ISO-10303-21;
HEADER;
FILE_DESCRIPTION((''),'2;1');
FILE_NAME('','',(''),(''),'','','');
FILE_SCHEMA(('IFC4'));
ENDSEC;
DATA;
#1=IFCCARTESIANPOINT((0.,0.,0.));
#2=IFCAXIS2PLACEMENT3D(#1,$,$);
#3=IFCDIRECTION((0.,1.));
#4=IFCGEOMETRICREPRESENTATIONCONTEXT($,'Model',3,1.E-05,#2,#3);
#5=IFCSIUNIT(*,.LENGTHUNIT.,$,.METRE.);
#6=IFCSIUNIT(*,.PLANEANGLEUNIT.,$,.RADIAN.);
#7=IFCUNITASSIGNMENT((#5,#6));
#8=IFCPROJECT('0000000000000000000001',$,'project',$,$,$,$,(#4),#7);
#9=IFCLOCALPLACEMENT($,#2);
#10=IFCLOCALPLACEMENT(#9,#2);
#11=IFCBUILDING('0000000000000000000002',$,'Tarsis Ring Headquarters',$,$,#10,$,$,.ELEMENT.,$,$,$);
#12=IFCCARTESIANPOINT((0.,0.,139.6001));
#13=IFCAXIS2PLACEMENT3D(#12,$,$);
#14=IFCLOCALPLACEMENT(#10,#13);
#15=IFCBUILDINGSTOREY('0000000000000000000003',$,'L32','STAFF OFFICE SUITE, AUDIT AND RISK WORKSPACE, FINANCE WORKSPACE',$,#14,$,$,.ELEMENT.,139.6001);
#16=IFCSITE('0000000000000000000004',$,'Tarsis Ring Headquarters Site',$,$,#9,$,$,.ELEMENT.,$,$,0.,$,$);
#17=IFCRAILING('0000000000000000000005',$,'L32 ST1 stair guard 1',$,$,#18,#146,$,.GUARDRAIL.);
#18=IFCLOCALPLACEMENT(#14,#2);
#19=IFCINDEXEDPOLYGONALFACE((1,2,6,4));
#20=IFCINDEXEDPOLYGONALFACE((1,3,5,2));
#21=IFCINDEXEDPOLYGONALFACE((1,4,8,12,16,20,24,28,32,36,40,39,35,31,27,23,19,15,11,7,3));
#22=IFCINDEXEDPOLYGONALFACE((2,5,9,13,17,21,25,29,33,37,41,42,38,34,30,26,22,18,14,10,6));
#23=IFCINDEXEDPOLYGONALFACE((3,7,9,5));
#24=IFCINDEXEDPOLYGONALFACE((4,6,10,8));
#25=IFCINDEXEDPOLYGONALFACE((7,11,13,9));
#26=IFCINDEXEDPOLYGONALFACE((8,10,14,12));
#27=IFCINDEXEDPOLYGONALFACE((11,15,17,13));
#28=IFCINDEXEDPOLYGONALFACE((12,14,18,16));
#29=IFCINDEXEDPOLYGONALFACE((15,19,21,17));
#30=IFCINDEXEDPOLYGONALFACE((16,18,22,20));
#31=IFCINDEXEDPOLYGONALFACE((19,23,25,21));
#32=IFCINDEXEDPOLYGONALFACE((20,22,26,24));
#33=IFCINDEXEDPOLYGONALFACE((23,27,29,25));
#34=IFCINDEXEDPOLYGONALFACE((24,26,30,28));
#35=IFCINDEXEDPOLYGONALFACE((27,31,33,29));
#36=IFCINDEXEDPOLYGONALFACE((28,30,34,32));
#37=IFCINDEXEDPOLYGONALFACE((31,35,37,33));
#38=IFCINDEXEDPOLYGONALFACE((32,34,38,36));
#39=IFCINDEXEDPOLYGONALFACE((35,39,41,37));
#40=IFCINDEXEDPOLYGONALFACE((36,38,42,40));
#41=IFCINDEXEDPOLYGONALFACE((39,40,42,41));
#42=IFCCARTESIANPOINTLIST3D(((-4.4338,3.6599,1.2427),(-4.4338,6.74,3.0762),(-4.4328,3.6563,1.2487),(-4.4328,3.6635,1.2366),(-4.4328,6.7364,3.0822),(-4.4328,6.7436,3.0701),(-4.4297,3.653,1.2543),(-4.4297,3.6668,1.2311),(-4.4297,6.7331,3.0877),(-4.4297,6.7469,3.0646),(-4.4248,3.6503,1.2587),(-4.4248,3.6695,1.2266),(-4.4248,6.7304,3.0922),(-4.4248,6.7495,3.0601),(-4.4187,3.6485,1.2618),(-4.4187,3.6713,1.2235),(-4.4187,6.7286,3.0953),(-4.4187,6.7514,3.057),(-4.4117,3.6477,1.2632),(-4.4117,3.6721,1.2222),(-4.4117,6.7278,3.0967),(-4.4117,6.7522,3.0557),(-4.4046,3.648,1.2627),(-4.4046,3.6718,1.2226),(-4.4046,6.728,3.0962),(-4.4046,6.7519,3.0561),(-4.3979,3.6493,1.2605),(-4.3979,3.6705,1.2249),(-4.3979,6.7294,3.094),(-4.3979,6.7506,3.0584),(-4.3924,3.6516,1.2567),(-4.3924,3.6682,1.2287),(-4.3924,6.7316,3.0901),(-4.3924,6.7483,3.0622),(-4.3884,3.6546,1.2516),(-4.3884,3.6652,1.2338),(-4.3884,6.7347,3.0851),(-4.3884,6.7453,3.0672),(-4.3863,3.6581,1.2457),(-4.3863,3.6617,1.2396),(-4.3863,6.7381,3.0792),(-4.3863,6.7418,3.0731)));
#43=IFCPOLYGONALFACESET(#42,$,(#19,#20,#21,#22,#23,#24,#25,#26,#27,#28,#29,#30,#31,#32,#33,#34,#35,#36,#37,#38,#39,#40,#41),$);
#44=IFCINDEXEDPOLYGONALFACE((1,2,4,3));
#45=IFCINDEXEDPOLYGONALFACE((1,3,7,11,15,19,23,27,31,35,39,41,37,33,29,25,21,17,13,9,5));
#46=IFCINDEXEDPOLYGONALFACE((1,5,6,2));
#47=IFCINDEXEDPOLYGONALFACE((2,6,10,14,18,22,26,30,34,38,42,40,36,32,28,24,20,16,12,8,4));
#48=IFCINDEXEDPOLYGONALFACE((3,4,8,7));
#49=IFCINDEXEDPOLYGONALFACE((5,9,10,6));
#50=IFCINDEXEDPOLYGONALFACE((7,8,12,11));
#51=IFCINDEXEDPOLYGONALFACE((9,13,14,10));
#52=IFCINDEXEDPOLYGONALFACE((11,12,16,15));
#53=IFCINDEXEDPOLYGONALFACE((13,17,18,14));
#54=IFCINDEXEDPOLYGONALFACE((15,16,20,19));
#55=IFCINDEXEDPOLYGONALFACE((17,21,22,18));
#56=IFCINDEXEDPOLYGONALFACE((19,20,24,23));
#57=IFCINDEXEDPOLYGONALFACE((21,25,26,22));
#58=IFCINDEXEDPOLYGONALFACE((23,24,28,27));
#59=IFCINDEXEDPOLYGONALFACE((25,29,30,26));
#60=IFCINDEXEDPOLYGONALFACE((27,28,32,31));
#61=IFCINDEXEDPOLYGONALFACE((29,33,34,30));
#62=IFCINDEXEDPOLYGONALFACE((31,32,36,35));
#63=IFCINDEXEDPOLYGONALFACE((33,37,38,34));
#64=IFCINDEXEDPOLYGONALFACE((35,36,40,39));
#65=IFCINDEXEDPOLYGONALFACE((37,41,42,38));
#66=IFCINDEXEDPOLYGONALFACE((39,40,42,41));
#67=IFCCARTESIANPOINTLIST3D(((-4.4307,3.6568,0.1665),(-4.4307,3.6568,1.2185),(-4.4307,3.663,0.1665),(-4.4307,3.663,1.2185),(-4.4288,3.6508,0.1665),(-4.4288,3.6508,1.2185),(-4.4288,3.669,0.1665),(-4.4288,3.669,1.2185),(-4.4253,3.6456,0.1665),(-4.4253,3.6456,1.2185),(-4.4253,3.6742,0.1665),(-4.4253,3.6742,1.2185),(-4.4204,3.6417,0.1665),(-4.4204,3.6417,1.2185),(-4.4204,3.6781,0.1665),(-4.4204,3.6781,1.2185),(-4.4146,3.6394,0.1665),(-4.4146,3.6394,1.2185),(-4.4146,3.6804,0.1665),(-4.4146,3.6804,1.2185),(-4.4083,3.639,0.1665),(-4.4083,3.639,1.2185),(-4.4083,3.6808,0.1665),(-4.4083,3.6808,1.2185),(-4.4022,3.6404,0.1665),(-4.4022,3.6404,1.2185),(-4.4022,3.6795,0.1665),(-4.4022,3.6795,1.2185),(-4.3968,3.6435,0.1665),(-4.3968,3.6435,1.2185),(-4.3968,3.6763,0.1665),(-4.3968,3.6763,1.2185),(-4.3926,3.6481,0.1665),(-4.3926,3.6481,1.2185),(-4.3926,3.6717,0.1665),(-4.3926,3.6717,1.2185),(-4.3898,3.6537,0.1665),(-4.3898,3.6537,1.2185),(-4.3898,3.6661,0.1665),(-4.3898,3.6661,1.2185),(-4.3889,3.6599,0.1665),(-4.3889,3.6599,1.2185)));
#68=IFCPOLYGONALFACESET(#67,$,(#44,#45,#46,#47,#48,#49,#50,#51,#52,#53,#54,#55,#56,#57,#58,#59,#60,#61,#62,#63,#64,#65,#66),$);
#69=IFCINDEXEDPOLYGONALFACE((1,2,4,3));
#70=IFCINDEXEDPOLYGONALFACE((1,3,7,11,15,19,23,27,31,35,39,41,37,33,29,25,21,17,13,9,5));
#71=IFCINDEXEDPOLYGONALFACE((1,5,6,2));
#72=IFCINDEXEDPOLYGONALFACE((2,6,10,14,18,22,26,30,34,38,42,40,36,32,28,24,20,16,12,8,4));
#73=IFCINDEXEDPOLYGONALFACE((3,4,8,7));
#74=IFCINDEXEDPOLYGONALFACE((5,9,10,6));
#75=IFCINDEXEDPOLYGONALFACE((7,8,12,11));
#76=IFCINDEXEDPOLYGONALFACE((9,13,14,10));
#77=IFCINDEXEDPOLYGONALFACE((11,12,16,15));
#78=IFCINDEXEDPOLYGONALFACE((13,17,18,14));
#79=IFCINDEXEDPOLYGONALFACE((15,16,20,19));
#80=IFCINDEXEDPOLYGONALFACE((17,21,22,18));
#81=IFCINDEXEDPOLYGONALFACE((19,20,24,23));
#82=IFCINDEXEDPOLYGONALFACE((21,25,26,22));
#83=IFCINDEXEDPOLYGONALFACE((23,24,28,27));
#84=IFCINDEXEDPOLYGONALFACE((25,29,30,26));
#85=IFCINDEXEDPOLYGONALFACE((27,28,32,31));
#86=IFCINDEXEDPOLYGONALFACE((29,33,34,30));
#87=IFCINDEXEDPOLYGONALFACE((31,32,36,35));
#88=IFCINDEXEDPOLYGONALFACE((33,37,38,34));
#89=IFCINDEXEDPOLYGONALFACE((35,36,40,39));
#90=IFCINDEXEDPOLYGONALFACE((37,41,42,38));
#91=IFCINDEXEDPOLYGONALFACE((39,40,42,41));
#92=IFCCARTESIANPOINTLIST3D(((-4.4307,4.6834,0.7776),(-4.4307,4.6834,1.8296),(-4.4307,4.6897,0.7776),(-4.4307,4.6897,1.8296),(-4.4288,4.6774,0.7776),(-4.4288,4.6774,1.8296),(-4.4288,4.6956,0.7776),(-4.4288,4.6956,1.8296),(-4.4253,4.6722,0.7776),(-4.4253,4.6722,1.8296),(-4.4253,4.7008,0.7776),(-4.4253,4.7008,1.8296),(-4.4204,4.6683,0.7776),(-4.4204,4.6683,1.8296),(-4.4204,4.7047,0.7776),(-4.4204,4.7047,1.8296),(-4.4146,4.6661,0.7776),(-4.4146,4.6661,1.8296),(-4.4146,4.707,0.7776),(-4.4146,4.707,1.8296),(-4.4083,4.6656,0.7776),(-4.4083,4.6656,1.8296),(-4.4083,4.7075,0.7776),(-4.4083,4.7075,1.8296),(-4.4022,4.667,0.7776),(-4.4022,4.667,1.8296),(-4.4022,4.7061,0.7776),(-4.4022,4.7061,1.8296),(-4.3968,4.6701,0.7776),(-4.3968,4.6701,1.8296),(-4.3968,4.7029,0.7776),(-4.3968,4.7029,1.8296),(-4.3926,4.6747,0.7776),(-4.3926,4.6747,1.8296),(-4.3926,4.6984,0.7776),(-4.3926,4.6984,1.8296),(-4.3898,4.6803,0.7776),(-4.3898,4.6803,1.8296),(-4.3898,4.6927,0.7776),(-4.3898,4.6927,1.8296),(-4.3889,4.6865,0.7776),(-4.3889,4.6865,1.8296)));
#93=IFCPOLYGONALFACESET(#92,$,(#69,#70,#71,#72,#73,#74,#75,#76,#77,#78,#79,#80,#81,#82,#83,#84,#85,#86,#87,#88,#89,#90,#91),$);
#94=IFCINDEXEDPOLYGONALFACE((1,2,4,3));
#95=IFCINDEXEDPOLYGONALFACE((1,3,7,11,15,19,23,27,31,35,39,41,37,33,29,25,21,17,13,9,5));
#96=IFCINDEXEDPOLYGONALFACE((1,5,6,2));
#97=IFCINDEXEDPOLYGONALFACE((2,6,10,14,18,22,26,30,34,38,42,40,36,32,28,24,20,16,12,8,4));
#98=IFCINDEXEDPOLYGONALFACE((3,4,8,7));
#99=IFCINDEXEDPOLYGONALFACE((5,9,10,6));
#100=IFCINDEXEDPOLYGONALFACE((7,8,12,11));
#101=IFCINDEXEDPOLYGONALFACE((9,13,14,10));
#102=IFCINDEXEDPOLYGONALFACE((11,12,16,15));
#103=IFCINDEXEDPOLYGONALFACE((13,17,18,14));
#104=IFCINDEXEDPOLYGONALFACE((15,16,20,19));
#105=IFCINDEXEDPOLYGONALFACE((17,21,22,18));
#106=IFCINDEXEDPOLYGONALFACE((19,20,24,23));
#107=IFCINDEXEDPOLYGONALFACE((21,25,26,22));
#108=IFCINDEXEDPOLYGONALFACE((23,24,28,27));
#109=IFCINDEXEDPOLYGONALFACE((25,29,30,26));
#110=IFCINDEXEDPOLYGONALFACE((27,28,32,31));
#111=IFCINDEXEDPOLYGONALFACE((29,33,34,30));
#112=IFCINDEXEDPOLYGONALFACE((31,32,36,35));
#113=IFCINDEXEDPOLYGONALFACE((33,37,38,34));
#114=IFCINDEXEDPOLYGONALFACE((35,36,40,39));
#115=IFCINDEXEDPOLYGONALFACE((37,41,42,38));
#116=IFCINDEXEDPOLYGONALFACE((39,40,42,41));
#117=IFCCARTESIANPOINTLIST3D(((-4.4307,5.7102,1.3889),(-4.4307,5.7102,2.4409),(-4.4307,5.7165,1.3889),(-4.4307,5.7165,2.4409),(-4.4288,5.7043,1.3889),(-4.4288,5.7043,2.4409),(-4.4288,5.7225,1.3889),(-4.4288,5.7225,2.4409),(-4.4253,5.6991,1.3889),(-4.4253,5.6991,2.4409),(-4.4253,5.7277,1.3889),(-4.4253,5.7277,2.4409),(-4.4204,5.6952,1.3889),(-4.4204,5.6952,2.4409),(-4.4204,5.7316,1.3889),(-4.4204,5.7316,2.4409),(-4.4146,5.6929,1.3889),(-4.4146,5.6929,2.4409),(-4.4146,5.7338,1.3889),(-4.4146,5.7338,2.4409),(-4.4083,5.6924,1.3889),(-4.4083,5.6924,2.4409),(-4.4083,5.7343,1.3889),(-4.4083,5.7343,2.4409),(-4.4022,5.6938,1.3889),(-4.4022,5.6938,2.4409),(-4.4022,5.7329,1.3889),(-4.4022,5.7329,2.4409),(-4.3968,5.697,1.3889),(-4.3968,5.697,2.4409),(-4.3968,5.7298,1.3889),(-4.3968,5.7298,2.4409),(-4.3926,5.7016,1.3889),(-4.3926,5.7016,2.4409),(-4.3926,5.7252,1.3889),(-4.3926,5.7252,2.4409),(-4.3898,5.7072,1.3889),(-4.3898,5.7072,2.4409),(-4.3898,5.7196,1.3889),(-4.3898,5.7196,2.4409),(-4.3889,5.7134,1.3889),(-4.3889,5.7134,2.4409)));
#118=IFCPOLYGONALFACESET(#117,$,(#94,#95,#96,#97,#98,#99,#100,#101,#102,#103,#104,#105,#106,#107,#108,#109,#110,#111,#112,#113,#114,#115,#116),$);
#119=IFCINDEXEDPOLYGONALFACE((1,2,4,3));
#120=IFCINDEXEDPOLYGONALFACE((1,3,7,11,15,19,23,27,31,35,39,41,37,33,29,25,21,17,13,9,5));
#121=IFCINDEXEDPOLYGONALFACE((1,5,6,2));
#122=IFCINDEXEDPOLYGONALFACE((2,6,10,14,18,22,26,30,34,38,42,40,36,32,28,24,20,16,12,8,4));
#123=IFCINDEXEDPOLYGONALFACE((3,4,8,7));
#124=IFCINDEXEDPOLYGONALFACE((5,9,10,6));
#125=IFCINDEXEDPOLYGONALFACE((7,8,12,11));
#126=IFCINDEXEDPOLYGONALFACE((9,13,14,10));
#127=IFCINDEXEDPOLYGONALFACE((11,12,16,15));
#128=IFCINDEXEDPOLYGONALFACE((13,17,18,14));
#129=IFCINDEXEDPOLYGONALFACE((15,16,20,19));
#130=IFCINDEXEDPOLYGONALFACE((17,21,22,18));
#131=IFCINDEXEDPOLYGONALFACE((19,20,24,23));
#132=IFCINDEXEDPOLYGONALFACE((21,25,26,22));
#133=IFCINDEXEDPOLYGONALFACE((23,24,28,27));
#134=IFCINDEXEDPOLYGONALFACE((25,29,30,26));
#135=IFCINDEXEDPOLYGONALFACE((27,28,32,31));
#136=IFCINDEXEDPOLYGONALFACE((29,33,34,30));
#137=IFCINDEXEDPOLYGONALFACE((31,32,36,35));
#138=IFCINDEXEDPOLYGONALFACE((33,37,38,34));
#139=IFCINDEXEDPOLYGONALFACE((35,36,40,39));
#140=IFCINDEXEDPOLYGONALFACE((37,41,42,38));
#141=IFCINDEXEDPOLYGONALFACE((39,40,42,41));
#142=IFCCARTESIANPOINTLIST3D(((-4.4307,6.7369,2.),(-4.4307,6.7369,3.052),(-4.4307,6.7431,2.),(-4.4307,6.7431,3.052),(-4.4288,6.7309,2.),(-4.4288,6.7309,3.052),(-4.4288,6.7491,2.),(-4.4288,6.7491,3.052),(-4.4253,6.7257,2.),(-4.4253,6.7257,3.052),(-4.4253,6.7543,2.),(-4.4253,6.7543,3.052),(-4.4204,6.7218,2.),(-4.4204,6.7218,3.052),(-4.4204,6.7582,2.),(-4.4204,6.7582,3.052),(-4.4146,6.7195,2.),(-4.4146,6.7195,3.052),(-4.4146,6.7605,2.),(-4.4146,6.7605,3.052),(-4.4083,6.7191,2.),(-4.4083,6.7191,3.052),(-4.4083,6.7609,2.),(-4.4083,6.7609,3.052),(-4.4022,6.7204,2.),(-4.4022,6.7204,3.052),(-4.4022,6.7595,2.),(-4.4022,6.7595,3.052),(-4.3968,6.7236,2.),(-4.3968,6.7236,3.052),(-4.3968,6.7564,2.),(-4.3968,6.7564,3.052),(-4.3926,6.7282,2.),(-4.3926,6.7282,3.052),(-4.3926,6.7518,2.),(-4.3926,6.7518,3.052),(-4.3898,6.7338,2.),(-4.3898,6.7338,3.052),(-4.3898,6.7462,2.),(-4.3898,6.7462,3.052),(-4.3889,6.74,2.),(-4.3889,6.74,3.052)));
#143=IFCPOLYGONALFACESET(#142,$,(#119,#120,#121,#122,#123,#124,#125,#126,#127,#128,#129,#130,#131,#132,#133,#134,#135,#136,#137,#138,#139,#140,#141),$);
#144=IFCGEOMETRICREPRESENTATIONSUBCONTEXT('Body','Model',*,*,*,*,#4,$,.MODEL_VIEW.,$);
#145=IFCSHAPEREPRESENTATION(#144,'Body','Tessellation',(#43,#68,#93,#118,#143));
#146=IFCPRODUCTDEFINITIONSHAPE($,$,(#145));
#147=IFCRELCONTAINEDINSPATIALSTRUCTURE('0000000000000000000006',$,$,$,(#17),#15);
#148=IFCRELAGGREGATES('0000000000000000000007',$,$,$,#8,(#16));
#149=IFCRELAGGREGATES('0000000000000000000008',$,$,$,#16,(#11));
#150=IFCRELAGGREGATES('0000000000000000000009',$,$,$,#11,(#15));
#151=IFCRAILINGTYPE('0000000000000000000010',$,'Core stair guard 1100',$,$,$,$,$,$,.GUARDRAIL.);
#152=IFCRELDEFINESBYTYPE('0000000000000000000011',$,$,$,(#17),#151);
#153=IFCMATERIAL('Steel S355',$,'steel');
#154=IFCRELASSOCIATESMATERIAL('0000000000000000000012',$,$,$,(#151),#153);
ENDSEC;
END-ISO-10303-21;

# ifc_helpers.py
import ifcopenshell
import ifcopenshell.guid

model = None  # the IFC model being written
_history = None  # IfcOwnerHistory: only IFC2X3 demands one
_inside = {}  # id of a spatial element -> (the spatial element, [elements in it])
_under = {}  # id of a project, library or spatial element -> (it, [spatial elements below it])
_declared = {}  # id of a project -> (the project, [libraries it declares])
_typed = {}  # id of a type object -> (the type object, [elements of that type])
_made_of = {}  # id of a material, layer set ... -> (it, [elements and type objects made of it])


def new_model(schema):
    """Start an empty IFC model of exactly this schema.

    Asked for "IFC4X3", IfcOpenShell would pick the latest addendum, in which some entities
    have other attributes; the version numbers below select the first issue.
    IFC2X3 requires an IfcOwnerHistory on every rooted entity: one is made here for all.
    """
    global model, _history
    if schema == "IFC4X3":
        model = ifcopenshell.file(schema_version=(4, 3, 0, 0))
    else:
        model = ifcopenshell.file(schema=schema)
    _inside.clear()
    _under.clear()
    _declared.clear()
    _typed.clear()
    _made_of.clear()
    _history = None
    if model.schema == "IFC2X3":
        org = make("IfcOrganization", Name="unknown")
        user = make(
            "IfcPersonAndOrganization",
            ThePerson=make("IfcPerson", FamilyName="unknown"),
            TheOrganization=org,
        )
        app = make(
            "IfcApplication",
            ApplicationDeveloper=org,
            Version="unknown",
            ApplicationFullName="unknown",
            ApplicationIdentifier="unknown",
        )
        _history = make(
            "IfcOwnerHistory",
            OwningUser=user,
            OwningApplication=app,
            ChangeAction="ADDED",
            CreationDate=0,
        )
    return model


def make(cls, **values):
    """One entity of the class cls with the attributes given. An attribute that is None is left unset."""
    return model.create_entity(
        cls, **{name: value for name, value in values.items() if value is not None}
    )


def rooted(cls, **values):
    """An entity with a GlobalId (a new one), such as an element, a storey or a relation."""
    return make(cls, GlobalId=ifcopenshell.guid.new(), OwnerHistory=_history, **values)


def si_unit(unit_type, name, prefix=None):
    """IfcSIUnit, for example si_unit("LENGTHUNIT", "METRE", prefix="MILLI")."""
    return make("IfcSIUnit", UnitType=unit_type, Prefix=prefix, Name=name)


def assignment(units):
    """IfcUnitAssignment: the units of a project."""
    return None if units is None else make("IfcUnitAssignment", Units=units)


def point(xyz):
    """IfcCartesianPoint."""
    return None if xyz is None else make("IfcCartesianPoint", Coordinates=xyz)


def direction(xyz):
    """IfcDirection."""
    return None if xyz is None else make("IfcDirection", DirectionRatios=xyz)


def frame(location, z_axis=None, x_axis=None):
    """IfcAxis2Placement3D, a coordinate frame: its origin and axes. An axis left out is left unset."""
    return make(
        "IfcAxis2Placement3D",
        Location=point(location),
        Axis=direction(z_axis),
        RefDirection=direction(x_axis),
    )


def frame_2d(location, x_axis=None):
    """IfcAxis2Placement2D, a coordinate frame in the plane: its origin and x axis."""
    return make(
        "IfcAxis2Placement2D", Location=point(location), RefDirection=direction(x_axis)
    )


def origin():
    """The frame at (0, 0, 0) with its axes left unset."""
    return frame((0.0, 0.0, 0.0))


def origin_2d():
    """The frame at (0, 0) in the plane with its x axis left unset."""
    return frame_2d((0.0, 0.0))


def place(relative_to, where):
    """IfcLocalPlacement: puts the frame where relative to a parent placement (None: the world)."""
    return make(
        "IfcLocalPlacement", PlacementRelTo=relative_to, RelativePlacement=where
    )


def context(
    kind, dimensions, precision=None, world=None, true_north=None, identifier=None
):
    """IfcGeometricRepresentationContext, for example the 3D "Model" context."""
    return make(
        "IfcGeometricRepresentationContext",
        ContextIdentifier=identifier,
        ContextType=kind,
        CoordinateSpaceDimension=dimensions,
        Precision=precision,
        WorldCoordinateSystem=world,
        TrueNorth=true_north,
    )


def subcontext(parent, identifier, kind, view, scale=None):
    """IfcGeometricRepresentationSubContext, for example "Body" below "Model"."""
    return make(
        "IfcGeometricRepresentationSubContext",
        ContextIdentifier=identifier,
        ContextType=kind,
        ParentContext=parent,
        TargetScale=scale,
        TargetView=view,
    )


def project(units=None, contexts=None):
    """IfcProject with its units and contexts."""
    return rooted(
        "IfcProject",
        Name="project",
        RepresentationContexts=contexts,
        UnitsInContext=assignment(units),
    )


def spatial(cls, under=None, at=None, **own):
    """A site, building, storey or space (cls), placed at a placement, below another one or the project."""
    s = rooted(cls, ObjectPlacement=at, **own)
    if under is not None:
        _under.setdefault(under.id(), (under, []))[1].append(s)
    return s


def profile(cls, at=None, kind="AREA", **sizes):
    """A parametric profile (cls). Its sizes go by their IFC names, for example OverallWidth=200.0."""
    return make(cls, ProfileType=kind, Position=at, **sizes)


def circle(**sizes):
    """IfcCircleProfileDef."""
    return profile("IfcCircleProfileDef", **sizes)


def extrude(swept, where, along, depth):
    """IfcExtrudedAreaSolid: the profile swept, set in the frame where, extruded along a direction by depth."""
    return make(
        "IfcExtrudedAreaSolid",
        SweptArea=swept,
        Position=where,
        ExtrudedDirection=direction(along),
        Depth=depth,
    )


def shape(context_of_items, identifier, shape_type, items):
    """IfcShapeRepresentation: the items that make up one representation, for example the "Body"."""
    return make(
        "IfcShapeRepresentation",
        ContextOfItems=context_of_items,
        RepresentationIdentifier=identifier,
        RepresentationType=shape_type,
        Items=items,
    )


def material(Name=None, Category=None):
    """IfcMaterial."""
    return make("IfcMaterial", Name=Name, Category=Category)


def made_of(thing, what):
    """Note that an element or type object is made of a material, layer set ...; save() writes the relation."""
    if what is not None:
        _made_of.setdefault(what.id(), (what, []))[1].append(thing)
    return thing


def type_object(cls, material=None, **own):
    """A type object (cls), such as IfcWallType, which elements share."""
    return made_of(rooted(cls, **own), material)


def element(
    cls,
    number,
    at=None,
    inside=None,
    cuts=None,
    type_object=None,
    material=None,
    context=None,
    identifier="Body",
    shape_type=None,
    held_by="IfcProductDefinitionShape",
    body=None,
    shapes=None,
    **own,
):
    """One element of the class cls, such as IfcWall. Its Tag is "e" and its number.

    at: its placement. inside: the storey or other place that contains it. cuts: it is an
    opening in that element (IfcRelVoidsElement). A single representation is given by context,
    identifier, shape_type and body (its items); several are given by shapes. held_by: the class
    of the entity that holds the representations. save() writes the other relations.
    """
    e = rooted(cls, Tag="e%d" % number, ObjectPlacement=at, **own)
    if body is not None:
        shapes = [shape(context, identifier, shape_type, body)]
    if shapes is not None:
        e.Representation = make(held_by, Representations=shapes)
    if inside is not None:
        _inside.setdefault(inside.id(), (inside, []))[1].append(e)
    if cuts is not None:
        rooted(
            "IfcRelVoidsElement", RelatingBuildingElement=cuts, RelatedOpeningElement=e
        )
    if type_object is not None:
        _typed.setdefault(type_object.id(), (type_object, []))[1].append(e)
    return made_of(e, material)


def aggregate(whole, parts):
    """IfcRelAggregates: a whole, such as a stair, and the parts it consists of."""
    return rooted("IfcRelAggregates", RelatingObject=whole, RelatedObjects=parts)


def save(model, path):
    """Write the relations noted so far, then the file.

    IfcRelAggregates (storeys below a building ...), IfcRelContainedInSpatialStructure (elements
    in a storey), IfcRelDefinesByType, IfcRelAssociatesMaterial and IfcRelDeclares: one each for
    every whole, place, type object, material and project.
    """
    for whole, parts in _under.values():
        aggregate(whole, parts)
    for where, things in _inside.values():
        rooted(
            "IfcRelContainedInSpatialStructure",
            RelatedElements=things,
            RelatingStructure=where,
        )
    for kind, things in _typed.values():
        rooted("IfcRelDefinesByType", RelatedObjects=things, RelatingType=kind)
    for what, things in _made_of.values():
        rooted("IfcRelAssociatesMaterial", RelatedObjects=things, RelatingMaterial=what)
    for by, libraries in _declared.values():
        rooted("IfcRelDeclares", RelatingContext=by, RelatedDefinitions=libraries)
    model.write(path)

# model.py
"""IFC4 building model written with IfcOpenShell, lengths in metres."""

from ifc_helpers import new_model, si_unit, direction, frame, origin, origin_2d, place, context, subcontext, project, spatial, circle, extrude, material, type_object, element, save


model = new_model("IFC4")

# Units and contexts
model_context = context("Model", 3, precision=1e-05, world=origin(), true_north=direction((0.0, 1.0)))
body_context = subcontext(model_context, "Body", "Model", "MODEL_VIEW")
ifc_project = project(units=[si_unit("LENGTHUNIT", "METRE"), si_unit("PLANEANGLEUNIT", "RADIAN")], contexts=[model_context])

# Site, building, storey
site_placement = place(None, origin())
site = spatial("IfcSite", under=ifc_project, at=site_placement, Name="Tarsis Ring Headquarters Site", CompositionType="ELEMENT", RefElevation=0.0)
building_placement = place(site_placement, origin())
building = spatial("IfcBuilding", under=site, at=building_placement, Name="Tarsis Ring Headquarters", CompositionType="ELEMENT")
storey_placement = place(building_placement, frame((0.0, 0.0, 139.6001)))
storey = spatial("IfcBuildingStorey", under=building, at=storey_placement, Name="L32", Description="STAFF OFFICE SUITE, AUDIT AND RISK WORKSPACE, FINANCE WORKSPACE", CompositionType="ELEMENT", Elevation=139.6001)

# Shared definitions
ifc_material_1 = material(Name="Steel S355", Category="steel")

# Railing
railing_type_1 = type_object("IfcRailingType", Name="Core stair guard 1100", PredefinedType="GUARDRAIL", material=ifc_material_1)
railing_1_placement = place(storey_placement, frame((-4.4099, 3.6599, 0.1665)))
element("IfcRailing", 1, at=railing_1_placement, inside=storey, type_object=railing_type_1, Name="L32 ST1 stair guard 1", PredefinedType="GUARDRAIL", context=body_context, shape_type="SweptSolid", body=[
    extrude(circle(Radius=0.0239, at=origin_2d()), frame((0.0, 0.0, 1.0762), z_axis=(0.0, 0.859279, 0.511508), x_axis=(-1.0, 0.0, 0.0)), (0.0, 0.0, 1.0), 3.5845),
    extrude(circle(Radius=0.021, at=origin_2d()), origin(), (0.0, 0.0, 1.0), 1.052),
    extrude(circle(Radius=0.021, at=origin_2d()), frame((0.0, 1.0266, 0.6111)), (0.0, 0.0, 1.0), 1.052),
    extrude(circle(Radius=0.021, at=origin_2d()), frame((0.0, 2.0535, 1.2224)), (0.0, 0.0, 1.0), 1.052),
    extrude(circle(Radius=0.021, at=origin_2d()), frame((0.0, 3.0801, 1.8335)), (0.0, 0.0, 1.0), 1.052),
])

save(model, "model.ifc")
